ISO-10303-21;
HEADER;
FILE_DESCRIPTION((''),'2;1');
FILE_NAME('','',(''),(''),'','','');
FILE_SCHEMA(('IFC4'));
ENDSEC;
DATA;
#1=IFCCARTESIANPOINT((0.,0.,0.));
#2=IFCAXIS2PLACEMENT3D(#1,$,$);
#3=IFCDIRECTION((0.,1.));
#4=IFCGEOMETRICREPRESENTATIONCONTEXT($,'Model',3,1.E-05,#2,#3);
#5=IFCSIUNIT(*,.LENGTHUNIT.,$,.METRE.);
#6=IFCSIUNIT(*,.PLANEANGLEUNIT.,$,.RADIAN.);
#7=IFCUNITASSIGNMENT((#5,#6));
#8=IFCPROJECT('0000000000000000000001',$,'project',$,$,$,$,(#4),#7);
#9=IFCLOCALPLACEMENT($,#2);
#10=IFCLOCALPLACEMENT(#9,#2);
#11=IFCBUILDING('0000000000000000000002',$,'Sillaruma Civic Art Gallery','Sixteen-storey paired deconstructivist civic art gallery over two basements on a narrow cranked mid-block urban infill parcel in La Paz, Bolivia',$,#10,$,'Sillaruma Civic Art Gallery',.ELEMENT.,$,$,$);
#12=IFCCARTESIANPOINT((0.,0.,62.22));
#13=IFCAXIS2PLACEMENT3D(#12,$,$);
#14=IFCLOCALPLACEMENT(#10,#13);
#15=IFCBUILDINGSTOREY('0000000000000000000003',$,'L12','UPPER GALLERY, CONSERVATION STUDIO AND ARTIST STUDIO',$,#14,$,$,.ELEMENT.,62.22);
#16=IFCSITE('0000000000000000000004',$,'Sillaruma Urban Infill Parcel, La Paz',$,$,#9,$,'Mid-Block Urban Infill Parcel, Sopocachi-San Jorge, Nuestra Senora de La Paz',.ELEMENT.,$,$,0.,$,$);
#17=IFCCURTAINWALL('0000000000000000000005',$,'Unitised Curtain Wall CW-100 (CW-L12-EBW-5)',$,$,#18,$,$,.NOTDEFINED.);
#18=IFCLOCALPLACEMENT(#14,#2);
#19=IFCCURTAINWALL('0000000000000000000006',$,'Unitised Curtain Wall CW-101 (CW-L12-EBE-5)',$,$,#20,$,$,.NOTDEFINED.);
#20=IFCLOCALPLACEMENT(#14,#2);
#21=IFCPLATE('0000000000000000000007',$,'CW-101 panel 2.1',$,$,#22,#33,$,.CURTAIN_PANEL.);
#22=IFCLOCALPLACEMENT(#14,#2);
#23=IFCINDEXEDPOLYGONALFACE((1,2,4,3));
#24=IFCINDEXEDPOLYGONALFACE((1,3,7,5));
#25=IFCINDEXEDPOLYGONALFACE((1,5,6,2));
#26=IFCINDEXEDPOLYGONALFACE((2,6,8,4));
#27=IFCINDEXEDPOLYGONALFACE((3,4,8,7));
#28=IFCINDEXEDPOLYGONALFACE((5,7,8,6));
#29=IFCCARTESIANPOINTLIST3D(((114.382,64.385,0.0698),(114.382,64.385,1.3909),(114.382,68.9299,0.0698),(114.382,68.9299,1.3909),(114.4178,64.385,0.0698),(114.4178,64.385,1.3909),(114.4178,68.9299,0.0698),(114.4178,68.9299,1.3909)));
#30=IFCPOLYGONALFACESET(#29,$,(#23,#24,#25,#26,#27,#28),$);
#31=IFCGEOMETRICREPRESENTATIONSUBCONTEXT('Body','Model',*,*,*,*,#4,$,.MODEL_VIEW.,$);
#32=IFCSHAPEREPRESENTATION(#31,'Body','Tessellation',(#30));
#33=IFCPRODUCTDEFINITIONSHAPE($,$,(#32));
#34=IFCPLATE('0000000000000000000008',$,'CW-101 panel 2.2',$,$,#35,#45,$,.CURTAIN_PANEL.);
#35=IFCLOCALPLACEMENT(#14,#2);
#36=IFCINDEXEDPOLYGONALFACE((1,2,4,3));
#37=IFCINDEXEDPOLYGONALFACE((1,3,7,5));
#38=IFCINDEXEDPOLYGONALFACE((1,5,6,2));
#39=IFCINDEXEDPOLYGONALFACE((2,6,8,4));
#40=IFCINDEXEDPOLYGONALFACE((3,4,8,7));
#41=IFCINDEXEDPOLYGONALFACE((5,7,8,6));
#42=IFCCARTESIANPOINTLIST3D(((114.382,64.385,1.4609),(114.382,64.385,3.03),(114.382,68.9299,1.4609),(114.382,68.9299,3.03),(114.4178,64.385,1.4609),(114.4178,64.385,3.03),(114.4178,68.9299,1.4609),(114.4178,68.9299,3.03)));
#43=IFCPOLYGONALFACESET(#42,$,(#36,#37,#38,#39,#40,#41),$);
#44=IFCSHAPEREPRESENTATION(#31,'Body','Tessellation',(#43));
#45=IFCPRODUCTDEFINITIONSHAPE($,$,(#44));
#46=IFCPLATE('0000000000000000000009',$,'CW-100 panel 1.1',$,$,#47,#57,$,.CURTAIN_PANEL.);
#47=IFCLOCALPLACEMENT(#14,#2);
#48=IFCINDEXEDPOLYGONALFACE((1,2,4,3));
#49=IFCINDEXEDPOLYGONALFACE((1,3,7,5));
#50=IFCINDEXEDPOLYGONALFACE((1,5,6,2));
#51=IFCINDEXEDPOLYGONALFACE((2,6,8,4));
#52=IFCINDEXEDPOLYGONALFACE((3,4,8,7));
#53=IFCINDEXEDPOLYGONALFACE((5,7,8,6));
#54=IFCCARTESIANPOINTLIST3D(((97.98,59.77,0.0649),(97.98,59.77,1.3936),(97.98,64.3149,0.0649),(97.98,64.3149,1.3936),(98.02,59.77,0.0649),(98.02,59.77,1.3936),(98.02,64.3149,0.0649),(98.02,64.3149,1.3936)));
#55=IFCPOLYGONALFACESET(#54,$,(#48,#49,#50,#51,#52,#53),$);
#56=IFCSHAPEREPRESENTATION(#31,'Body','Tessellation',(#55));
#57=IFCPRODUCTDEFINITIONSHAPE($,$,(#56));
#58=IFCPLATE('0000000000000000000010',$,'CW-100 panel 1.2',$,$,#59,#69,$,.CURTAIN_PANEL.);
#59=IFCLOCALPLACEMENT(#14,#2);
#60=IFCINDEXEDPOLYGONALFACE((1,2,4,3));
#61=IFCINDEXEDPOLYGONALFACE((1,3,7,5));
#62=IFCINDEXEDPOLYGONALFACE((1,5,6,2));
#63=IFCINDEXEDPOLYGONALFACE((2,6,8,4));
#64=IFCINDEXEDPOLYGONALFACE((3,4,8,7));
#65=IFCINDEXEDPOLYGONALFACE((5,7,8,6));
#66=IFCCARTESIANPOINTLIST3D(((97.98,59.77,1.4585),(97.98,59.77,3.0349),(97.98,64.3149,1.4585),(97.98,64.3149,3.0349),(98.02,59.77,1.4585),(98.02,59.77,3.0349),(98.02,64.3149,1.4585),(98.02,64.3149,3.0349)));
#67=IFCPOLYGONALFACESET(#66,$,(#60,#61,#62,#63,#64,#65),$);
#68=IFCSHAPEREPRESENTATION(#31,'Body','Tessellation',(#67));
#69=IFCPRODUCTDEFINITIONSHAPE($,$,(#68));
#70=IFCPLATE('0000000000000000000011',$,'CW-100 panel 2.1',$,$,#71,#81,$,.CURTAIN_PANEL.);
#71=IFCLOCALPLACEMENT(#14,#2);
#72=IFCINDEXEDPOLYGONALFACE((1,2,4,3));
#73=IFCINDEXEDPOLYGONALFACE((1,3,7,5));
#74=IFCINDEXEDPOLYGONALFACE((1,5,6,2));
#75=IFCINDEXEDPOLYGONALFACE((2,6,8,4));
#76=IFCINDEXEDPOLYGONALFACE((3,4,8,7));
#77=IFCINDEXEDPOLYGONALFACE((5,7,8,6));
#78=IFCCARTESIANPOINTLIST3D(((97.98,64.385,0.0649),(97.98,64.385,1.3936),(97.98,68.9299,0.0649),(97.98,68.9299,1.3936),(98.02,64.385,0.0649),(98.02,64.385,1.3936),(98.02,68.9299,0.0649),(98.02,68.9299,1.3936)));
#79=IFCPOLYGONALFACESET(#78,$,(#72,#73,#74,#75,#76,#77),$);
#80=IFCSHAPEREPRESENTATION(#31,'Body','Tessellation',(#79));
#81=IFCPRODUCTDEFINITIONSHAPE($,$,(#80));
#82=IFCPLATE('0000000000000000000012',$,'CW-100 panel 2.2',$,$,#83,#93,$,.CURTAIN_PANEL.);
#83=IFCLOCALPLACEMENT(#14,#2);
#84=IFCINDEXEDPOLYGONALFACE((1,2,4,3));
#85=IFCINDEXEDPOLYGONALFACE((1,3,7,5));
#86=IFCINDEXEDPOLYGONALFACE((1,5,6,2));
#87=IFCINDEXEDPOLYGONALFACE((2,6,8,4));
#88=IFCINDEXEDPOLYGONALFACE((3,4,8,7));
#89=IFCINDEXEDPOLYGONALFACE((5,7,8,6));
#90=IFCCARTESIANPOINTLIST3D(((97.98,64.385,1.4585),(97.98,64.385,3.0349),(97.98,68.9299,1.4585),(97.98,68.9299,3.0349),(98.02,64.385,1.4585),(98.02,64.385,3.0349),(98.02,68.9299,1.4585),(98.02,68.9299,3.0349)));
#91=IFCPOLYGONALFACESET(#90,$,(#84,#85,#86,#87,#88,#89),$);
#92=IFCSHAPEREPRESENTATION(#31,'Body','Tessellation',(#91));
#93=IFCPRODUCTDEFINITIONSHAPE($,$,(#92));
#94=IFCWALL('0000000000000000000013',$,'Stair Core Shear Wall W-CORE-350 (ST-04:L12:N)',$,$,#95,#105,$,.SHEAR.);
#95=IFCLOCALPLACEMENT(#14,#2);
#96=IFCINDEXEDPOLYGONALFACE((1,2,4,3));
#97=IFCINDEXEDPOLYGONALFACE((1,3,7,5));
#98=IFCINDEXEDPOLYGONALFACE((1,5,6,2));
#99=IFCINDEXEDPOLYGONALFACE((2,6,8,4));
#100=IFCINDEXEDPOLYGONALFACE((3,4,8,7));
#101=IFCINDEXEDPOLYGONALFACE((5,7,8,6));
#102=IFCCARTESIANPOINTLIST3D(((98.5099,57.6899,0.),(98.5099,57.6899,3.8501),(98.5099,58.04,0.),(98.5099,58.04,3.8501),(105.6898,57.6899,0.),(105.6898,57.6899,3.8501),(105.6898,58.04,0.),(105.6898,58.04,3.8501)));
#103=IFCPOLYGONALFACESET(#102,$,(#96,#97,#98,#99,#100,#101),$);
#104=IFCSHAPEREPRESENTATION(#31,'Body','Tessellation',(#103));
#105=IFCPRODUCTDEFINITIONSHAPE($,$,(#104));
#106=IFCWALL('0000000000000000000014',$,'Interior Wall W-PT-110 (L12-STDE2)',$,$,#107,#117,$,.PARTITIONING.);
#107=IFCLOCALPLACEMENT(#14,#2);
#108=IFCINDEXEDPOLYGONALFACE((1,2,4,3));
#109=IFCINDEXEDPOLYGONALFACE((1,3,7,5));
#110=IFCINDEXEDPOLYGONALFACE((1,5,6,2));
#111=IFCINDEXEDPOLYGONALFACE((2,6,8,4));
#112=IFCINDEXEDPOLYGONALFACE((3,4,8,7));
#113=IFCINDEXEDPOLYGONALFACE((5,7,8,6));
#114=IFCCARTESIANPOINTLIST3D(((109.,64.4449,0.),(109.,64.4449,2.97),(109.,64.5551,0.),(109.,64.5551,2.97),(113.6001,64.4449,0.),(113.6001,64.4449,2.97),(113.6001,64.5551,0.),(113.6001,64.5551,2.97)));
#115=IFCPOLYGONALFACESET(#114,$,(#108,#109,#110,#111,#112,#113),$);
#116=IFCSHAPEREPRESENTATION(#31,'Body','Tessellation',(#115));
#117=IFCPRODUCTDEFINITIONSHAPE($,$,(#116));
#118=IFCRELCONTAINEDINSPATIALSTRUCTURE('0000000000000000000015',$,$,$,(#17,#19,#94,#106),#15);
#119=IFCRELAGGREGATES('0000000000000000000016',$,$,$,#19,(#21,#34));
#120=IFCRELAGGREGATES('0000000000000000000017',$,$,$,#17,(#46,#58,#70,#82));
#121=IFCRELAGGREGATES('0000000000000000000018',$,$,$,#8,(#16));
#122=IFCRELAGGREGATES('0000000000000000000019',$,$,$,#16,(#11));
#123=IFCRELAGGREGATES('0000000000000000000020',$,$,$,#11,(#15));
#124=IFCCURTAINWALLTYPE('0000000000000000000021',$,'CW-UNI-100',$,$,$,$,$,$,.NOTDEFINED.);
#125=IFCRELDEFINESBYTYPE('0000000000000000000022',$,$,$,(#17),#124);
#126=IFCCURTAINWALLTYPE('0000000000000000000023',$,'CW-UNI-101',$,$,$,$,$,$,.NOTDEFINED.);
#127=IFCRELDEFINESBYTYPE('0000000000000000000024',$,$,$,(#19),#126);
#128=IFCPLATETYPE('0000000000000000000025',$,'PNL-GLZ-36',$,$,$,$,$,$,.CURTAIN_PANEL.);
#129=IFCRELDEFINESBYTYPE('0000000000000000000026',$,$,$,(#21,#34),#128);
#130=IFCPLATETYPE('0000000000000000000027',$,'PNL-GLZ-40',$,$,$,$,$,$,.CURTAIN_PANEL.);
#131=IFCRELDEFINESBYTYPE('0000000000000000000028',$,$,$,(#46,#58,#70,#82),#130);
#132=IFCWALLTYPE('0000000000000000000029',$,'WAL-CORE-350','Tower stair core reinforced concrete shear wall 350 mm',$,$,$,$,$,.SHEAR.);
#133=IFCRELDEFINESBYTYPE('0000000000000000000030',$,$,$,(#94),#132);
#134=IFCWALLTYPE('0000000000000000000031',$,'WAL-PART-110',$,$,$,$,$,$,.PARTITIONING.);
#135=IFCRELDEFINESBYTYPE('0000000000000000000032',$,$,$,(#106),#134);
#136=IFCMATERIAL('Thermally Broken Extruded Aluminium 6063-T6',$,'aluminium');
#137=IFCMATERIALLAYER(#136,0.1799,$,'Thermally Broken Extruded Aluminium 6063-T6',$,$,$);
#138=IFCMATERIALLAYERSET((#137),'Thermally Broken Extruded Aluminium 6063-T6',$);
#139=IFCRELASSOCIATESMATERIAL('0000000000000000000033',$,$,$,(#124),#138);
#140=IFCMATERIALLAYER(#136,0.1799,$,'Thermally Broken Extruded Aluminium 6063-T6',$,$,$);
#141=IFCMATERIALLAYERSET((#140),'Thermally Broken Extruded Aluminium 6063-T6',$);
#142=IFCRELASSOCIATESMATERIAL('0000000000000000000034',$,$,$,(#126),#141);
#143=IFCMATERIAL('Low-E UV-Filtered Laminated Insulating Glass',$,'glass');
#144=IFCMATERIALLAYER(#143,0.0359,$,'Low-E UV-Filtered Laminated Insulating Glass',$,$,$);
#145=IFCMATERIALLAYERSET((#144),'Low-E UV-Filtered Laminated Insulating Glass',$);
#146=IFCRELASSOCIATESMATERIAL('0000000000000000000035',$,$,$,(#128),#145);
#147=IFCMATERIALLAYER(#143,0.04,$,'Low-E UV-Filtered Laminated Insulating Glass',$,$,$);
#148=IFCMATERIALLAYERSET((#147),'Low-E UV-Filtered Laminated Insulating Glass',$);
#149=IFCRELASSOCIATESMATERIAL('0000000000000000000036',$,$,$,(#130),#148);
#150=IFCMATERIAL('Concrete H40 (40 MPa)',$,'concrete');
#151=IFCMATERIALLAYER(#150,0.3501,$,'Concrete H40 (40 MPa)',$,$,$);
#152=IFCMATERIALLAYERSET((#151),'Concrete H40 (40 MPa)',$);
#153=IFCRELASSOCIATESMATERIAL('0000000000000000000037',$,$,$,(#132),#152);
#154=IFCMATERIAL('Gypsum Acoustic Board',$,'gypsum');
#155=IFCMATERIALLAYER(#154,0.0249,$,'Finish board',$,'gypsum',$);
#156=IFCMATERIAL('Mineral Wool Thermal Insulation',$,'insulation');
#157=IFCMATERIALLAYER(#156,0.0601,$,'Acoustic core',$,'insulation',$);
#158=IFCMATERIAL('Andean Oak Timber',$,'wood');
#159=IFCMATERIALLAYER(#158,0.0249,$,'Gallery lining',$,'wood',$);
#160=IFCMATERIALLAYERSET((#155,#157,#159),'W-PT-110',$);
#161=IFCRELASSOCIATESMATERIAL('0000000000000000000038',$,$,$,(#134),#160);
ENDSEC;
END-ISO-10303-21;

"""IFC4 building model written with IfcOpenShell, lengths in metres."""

from ifc_helpers import new_model, si_unit, direction, frame, frame_2d, origin, origin_2d, place, context, subcontext, project, spatial, rectangle, extrude, material, layer, layer_set, type_object, element, aggregate, save


model = new_model("IFC4")

# Units and contexts
model_context = context("Model", 3, precision=1e-05, world=origin(), true_north=direction((0.0, 1.0)))
body_context = subcontext(model_context, "Body", "Model", "MODEL_VIEW")
ifc_project = project(units=[si_unit("LENGTHUNIT", "METRE"), si_unit("PLANEANGLEUNIT", "RADIAN")], contexts=[model_context])

# Site, building, storey
site_placement = place(None, origin())
site = spatial("IfcSite", under=ifc_project, at=site_placement, Name="Sillaruma Urban Infill Parcel, La Paz", LongName="Mid-Block Urban Infill Parcel, Sopocachi-San Jorge, Nuestra Senora de La Paz", CompositionType="ELEMENT", RefElevation=0.0)
building_placement = place(site_placement, origin())
building = spatial("IfcBuilding", under=site, at=building_placement, Name="Sillaruma Civic Art Gallery", Description="Sixteen-storey paired deconstructivist civic art gallery over two basements on a narrow cranked mid-block urban infill parcel in La Paz, Bolivia", LongName="Sillaruma Civic Art Gallery", CompositionType="ELEMENT")
storey_placement = place(building_placement, frame((0.0, 0.0, 62.22)))
storey = spatial("IfcBuildingStorey", under=building, at=storey_placement, Name="L12", Description="UPPER GALLERY, CONSERVATION STUDIO AND ARTIST STUDIO", CompositionType="ELEMENT", Elevation=62.22)

# Shared definitions
ifc_material_1 = material(Name="Concrete H40 (40 MPa)", Category="concrete")

# Shared definitions
ifc_material_2 = material(Name="Thermally Broken Extruded Aluminium 6063-T6", Category="aluminium")

# Curtain walls
ifc_layer_1 = layer(ifc_material_2, 0.1799, Name="Thermally Broken Extruded Aluminium 6063-T6")
ifc_layer_set_1 = layer_set([ifc_layer_1], Name="Thermally Broken Extruded Aluminium 6063-T6")
curtain_wall_type_1 = type_object("IfcCurtainWallType", Name="CW-UNI-100", PredefinedType="NOTDEFINED", material=ifc_layer_set_1)
curtain_wall_1_placement = place(storey_placement, origin())
curtain_wall_1 = element("IfcCurtainWall", 1, at=curtain_wall_1_placement, inside=storey, type_object=curtain_wall_type_1, Name="Unitised Curtain Wall CW-100 (CW-L12-EBW-5)", PredefinedType="NOTDEFINED")
ifc_layer_2 = layer(ifc_material_2, 0.1799, Name="Thermally Broken Extruded Aluminium 6063-T6")
ifc_layer_set_2 = layer_set([ifc_layer_2], Name="Thermally Broken Extruded Aluminium 6063-T6")
curtain_wall_type_2 = type_object("IfcCurtainWallType", Name="CW-UNI-101", PredefinedType="NOTDEFINED", material=ifc_layer_set_2)
curtain_wall_2_placement = place(storey_placement, origin())
curtain_wall_2 = element("IfcCurtainWall", 2, at=curtain_wall_2_placement, inside=storey, type_object=curtain_wall_type_2, Name="Unitised Curtain Wall CW-101 (CW-L12-EBE-5)", PredefinedType="NOTDEFINED")

# Plates
ifc_material_3 = material(Name="Low-E UV-Filtered Laminated Insulating Glass", Category="glass")
ifc_layer_3 = layer(ifc_material_3, 0.0359, Name="Low-E UV-Filtered Laminated Insulating Glass")
ifc_layer_set_3 = layer_set([ifc_layer_3], Name="Low-E UV-Filtered Laminated Insulating Glass")
plate_type_1 = type_object("IfcPlateType", Name="PNL-GLZ-36", PredefinedType="CURTAIN_PANEL", material=ifc_layer_set_3)
plate_1_placement = place(storey_placement, frame((114.3999, 66.6575, 0.0698), z_axis=(0.0, 0.0, 1.0), x_axis=(0.0, 1.0, 0.0)))
plate_1 = element("IfcPlate", 3, at=plate_1_placement, type_object=plate_type_1, Name="CW-101 panel 2.1", PredefinedType="CURTAIN_PANEL", context=body_context, shape_type="SweptSolid", body=[
    extrude(rectangle(XDim=4.5449, YDim=0.0359, at=origin_2d()), origin(), (0.0, 0.0, 1.0), 1.321),
])
plate_2_placement = place(storey_placement, frame((114.3999, 66.6575, 1.4609), z_axis=(0.0, 0.0, 1.0), x_axis=(0.0, 1.0, 0.0)))
plate_2 = element("IfcPlate", 4, at=plate_2_placement, type_object=plate_type_1, Name="CW-101 panel 2.2", PredefinedType="CURTAIN_PANEL", context=body_context, shape_type="SweptSolid", body=[
    extrude(rectangle(XDim=4.5449, YDim=0.0359, at=origin_2d()), origin(), (0.0, 0.0, 1.0), 1.5691),
])
aggregate(curtain_wall_2, [plate_1, plate_2])
ifc_layer_4 = layer(ifc_material_3, 0.04, Name="Low-E UV-Filtered Laminated Insulating Glass")
ifc_layer_set_4 = layer_set([ifc_layer_4], Name="Low-E UV-Filtered Laminated Insulating Glass")
plate_type_2 = type_object("IfcPlateType", Name="PNL-GLZ-40", PredefinedType="CURTAIN_PANEL", material=ifc_layer_set_4)
plate_3_placement = place(storey_placement, frame((98.0, 62.0425, 0.0649), z_axis=(0.0, 0.0, 1.0), x_axis=(0.0, 1.0, 0.0)))
plate_3 = element("IfcPlate", 5, at=plate_3_placement, type_object=plate_type_2, Name="CW-100 panel 1.1", PredefinedType="CURTAIN_PANEL", context=body_context, shape_type="SweptSolid", body=[
    extrude(rectangle(XDim=4.5449, YDim=0.04, at=origin_2d()), origin(), (0.0, 0.0, 1.0), 1.3286),
])
plate_4_placement = place(storey_placement, frame((98.0, 62.0425, 1.4585), z_axis=(0.0, 0.0, 1.0), x_axis=(0.0, 1.0, 0.0)))
plate_4 = element("IfcPlate", 6, at=plate_4_placement, type_object=plate_type_2, Name="CW-100 panel 1.2", PredefinedType="CURTAIN_PANEL", context=body_context, shape_type="SweptSolid", body=[
    extrude(rectangle(XDim=4.5449, YDim=0.04, at=origin_2d()), origin(), (0.0, 0.0, 1.0), 1.5764),
])
plate_5_placement = place(storey_placement, frame((98.0, 66.6575, 0.0649), z_axis=(0.0, 0.0, 1.0), x_axis=(0.0, 1.0, 0.0)))
plate_5 = element("IfcPlate", 7, at=plate_5_placement, type_object=plate_type_2, Name="CW-100 panel 2.1", PredefinedType="CURTAIN_PANEL", context=body_context, shape_type="SweptSolid", body=[
    extrude(rectangle(XDim=4.5449, YDim=0.04, at=origin_2d()), origin(), (0.0, 0.0, 1.0), 1.3286),
])
plate_6_placement = place(storey_placement, frame((98.0, 66.6575, 1.4585), z_axis=(0.0, 0.0, 1.0), x_axis=(0.0, 1.0, 0.0)))
plate_6 = element("IfcPlate", 8, at=plate_6_placement, type_object=plate_type_2, Name="CW-100 panel 2.2", PredefinedType="CURTAIN_PANEL", context=body_context, shape_type="SweptSolid", body=[
    extrude(rectangle(XDim=4.5449, YDim=0.04, at=origin_2d()), origin(), (0.0, 0.0, 1.0), 1.5764),
])
aggregate(curtain_wall_1, [plate_3, plate_4, plate_5, plate_6])

# Walls
ifc_layer_5 = layer(ifc_material_1, 0.3501, Name="Concrete H40 (40 MPa)")
ifc_layer_set_5 = layer_set([ifc_layer_5], Name="Concrete H40 (40 MPa)")
wall_type_1 = type_object("IfcWallType", Name="WAL-CORE-350", Description="Tower stair core reinforced concrete shear wall 350 mm", PredefinedType="SHEAR", material=ifc_layer_set_5)
wall_1_placement = place(storey_placement, frame((98.51, 57.865, 0.0), z_axis=(0.0, 0.0, 1.0), x_axis=(1.0, 0.0, 0.0)))
element("IfcWall", 9, at=wall_1_placement, inside=storey, type_object=wall_type_1, Name="Stair Core Shear Wall W-CORE-350 (ST-04:L12:N)", PredefinedType="SHEAR", context=body_context, shape_type="SweptSolid", body=[
    extrude(rectangle(XDim=7.1799, YDim=0.3501, at=frame_2d((3.5898, 0.0))), origin(), (0.0, 0.0, 1.0), 3.8501),
])
ifc_material_4 = material(Name="Gypsum Acoustic Board", Category="gypsum")
ifc_layer_6 = layer(ifc_material_4, 0.0249, Name="Finish board", Category="gypsum")
ifc_material_5 = material(Name="Mineral Wool Thermal Insulation", Category="insulation")
ifc_layer_7 = layer(ifc_material_5, 0.0601, Name="Acoustic core", Category="insulation")
ifc_material_6 = material(Name="Andean Oak Timber", Category="wood")
ifc_layer_8 = layer(ifc_material_6, 0.0249, Name="Gallery lining", Category="wood")
ifc_layer_set_6 = layer_set([ifc_layer_6, ifc_layer_7, ifc_layer_8], Name="W-PT-110")
wall_type_2 = type_object("IfcWallType", Name="WAL-PART-110", PredefinedType="PARTITIONING", material=ifc_layer_set_6)
wall_2_placement = place(storey_placement, frame((109.0, 64.5, 0.0), z_axis=(0.0, 0.0, 1.0), x_axis=(1.0, 0.0, 0.0)))
element("IfcWall", 10, at=wall_2_placement, inside=storey, type_object=wall_type_2, Name="Interior Wall W-PT-110 (L12-STDE2)", PredefinedType="PARTITIONING", context=body_context, shape_type="SweptSolid", body=[
    extrude(rectangle(XDim=4.6001, YDim=0.1101, at=frame_2d((2.3, 0.0))), origin(), (0.0, 0.0, 1.0), 2.97),
])

save(model, "model.ifc")
